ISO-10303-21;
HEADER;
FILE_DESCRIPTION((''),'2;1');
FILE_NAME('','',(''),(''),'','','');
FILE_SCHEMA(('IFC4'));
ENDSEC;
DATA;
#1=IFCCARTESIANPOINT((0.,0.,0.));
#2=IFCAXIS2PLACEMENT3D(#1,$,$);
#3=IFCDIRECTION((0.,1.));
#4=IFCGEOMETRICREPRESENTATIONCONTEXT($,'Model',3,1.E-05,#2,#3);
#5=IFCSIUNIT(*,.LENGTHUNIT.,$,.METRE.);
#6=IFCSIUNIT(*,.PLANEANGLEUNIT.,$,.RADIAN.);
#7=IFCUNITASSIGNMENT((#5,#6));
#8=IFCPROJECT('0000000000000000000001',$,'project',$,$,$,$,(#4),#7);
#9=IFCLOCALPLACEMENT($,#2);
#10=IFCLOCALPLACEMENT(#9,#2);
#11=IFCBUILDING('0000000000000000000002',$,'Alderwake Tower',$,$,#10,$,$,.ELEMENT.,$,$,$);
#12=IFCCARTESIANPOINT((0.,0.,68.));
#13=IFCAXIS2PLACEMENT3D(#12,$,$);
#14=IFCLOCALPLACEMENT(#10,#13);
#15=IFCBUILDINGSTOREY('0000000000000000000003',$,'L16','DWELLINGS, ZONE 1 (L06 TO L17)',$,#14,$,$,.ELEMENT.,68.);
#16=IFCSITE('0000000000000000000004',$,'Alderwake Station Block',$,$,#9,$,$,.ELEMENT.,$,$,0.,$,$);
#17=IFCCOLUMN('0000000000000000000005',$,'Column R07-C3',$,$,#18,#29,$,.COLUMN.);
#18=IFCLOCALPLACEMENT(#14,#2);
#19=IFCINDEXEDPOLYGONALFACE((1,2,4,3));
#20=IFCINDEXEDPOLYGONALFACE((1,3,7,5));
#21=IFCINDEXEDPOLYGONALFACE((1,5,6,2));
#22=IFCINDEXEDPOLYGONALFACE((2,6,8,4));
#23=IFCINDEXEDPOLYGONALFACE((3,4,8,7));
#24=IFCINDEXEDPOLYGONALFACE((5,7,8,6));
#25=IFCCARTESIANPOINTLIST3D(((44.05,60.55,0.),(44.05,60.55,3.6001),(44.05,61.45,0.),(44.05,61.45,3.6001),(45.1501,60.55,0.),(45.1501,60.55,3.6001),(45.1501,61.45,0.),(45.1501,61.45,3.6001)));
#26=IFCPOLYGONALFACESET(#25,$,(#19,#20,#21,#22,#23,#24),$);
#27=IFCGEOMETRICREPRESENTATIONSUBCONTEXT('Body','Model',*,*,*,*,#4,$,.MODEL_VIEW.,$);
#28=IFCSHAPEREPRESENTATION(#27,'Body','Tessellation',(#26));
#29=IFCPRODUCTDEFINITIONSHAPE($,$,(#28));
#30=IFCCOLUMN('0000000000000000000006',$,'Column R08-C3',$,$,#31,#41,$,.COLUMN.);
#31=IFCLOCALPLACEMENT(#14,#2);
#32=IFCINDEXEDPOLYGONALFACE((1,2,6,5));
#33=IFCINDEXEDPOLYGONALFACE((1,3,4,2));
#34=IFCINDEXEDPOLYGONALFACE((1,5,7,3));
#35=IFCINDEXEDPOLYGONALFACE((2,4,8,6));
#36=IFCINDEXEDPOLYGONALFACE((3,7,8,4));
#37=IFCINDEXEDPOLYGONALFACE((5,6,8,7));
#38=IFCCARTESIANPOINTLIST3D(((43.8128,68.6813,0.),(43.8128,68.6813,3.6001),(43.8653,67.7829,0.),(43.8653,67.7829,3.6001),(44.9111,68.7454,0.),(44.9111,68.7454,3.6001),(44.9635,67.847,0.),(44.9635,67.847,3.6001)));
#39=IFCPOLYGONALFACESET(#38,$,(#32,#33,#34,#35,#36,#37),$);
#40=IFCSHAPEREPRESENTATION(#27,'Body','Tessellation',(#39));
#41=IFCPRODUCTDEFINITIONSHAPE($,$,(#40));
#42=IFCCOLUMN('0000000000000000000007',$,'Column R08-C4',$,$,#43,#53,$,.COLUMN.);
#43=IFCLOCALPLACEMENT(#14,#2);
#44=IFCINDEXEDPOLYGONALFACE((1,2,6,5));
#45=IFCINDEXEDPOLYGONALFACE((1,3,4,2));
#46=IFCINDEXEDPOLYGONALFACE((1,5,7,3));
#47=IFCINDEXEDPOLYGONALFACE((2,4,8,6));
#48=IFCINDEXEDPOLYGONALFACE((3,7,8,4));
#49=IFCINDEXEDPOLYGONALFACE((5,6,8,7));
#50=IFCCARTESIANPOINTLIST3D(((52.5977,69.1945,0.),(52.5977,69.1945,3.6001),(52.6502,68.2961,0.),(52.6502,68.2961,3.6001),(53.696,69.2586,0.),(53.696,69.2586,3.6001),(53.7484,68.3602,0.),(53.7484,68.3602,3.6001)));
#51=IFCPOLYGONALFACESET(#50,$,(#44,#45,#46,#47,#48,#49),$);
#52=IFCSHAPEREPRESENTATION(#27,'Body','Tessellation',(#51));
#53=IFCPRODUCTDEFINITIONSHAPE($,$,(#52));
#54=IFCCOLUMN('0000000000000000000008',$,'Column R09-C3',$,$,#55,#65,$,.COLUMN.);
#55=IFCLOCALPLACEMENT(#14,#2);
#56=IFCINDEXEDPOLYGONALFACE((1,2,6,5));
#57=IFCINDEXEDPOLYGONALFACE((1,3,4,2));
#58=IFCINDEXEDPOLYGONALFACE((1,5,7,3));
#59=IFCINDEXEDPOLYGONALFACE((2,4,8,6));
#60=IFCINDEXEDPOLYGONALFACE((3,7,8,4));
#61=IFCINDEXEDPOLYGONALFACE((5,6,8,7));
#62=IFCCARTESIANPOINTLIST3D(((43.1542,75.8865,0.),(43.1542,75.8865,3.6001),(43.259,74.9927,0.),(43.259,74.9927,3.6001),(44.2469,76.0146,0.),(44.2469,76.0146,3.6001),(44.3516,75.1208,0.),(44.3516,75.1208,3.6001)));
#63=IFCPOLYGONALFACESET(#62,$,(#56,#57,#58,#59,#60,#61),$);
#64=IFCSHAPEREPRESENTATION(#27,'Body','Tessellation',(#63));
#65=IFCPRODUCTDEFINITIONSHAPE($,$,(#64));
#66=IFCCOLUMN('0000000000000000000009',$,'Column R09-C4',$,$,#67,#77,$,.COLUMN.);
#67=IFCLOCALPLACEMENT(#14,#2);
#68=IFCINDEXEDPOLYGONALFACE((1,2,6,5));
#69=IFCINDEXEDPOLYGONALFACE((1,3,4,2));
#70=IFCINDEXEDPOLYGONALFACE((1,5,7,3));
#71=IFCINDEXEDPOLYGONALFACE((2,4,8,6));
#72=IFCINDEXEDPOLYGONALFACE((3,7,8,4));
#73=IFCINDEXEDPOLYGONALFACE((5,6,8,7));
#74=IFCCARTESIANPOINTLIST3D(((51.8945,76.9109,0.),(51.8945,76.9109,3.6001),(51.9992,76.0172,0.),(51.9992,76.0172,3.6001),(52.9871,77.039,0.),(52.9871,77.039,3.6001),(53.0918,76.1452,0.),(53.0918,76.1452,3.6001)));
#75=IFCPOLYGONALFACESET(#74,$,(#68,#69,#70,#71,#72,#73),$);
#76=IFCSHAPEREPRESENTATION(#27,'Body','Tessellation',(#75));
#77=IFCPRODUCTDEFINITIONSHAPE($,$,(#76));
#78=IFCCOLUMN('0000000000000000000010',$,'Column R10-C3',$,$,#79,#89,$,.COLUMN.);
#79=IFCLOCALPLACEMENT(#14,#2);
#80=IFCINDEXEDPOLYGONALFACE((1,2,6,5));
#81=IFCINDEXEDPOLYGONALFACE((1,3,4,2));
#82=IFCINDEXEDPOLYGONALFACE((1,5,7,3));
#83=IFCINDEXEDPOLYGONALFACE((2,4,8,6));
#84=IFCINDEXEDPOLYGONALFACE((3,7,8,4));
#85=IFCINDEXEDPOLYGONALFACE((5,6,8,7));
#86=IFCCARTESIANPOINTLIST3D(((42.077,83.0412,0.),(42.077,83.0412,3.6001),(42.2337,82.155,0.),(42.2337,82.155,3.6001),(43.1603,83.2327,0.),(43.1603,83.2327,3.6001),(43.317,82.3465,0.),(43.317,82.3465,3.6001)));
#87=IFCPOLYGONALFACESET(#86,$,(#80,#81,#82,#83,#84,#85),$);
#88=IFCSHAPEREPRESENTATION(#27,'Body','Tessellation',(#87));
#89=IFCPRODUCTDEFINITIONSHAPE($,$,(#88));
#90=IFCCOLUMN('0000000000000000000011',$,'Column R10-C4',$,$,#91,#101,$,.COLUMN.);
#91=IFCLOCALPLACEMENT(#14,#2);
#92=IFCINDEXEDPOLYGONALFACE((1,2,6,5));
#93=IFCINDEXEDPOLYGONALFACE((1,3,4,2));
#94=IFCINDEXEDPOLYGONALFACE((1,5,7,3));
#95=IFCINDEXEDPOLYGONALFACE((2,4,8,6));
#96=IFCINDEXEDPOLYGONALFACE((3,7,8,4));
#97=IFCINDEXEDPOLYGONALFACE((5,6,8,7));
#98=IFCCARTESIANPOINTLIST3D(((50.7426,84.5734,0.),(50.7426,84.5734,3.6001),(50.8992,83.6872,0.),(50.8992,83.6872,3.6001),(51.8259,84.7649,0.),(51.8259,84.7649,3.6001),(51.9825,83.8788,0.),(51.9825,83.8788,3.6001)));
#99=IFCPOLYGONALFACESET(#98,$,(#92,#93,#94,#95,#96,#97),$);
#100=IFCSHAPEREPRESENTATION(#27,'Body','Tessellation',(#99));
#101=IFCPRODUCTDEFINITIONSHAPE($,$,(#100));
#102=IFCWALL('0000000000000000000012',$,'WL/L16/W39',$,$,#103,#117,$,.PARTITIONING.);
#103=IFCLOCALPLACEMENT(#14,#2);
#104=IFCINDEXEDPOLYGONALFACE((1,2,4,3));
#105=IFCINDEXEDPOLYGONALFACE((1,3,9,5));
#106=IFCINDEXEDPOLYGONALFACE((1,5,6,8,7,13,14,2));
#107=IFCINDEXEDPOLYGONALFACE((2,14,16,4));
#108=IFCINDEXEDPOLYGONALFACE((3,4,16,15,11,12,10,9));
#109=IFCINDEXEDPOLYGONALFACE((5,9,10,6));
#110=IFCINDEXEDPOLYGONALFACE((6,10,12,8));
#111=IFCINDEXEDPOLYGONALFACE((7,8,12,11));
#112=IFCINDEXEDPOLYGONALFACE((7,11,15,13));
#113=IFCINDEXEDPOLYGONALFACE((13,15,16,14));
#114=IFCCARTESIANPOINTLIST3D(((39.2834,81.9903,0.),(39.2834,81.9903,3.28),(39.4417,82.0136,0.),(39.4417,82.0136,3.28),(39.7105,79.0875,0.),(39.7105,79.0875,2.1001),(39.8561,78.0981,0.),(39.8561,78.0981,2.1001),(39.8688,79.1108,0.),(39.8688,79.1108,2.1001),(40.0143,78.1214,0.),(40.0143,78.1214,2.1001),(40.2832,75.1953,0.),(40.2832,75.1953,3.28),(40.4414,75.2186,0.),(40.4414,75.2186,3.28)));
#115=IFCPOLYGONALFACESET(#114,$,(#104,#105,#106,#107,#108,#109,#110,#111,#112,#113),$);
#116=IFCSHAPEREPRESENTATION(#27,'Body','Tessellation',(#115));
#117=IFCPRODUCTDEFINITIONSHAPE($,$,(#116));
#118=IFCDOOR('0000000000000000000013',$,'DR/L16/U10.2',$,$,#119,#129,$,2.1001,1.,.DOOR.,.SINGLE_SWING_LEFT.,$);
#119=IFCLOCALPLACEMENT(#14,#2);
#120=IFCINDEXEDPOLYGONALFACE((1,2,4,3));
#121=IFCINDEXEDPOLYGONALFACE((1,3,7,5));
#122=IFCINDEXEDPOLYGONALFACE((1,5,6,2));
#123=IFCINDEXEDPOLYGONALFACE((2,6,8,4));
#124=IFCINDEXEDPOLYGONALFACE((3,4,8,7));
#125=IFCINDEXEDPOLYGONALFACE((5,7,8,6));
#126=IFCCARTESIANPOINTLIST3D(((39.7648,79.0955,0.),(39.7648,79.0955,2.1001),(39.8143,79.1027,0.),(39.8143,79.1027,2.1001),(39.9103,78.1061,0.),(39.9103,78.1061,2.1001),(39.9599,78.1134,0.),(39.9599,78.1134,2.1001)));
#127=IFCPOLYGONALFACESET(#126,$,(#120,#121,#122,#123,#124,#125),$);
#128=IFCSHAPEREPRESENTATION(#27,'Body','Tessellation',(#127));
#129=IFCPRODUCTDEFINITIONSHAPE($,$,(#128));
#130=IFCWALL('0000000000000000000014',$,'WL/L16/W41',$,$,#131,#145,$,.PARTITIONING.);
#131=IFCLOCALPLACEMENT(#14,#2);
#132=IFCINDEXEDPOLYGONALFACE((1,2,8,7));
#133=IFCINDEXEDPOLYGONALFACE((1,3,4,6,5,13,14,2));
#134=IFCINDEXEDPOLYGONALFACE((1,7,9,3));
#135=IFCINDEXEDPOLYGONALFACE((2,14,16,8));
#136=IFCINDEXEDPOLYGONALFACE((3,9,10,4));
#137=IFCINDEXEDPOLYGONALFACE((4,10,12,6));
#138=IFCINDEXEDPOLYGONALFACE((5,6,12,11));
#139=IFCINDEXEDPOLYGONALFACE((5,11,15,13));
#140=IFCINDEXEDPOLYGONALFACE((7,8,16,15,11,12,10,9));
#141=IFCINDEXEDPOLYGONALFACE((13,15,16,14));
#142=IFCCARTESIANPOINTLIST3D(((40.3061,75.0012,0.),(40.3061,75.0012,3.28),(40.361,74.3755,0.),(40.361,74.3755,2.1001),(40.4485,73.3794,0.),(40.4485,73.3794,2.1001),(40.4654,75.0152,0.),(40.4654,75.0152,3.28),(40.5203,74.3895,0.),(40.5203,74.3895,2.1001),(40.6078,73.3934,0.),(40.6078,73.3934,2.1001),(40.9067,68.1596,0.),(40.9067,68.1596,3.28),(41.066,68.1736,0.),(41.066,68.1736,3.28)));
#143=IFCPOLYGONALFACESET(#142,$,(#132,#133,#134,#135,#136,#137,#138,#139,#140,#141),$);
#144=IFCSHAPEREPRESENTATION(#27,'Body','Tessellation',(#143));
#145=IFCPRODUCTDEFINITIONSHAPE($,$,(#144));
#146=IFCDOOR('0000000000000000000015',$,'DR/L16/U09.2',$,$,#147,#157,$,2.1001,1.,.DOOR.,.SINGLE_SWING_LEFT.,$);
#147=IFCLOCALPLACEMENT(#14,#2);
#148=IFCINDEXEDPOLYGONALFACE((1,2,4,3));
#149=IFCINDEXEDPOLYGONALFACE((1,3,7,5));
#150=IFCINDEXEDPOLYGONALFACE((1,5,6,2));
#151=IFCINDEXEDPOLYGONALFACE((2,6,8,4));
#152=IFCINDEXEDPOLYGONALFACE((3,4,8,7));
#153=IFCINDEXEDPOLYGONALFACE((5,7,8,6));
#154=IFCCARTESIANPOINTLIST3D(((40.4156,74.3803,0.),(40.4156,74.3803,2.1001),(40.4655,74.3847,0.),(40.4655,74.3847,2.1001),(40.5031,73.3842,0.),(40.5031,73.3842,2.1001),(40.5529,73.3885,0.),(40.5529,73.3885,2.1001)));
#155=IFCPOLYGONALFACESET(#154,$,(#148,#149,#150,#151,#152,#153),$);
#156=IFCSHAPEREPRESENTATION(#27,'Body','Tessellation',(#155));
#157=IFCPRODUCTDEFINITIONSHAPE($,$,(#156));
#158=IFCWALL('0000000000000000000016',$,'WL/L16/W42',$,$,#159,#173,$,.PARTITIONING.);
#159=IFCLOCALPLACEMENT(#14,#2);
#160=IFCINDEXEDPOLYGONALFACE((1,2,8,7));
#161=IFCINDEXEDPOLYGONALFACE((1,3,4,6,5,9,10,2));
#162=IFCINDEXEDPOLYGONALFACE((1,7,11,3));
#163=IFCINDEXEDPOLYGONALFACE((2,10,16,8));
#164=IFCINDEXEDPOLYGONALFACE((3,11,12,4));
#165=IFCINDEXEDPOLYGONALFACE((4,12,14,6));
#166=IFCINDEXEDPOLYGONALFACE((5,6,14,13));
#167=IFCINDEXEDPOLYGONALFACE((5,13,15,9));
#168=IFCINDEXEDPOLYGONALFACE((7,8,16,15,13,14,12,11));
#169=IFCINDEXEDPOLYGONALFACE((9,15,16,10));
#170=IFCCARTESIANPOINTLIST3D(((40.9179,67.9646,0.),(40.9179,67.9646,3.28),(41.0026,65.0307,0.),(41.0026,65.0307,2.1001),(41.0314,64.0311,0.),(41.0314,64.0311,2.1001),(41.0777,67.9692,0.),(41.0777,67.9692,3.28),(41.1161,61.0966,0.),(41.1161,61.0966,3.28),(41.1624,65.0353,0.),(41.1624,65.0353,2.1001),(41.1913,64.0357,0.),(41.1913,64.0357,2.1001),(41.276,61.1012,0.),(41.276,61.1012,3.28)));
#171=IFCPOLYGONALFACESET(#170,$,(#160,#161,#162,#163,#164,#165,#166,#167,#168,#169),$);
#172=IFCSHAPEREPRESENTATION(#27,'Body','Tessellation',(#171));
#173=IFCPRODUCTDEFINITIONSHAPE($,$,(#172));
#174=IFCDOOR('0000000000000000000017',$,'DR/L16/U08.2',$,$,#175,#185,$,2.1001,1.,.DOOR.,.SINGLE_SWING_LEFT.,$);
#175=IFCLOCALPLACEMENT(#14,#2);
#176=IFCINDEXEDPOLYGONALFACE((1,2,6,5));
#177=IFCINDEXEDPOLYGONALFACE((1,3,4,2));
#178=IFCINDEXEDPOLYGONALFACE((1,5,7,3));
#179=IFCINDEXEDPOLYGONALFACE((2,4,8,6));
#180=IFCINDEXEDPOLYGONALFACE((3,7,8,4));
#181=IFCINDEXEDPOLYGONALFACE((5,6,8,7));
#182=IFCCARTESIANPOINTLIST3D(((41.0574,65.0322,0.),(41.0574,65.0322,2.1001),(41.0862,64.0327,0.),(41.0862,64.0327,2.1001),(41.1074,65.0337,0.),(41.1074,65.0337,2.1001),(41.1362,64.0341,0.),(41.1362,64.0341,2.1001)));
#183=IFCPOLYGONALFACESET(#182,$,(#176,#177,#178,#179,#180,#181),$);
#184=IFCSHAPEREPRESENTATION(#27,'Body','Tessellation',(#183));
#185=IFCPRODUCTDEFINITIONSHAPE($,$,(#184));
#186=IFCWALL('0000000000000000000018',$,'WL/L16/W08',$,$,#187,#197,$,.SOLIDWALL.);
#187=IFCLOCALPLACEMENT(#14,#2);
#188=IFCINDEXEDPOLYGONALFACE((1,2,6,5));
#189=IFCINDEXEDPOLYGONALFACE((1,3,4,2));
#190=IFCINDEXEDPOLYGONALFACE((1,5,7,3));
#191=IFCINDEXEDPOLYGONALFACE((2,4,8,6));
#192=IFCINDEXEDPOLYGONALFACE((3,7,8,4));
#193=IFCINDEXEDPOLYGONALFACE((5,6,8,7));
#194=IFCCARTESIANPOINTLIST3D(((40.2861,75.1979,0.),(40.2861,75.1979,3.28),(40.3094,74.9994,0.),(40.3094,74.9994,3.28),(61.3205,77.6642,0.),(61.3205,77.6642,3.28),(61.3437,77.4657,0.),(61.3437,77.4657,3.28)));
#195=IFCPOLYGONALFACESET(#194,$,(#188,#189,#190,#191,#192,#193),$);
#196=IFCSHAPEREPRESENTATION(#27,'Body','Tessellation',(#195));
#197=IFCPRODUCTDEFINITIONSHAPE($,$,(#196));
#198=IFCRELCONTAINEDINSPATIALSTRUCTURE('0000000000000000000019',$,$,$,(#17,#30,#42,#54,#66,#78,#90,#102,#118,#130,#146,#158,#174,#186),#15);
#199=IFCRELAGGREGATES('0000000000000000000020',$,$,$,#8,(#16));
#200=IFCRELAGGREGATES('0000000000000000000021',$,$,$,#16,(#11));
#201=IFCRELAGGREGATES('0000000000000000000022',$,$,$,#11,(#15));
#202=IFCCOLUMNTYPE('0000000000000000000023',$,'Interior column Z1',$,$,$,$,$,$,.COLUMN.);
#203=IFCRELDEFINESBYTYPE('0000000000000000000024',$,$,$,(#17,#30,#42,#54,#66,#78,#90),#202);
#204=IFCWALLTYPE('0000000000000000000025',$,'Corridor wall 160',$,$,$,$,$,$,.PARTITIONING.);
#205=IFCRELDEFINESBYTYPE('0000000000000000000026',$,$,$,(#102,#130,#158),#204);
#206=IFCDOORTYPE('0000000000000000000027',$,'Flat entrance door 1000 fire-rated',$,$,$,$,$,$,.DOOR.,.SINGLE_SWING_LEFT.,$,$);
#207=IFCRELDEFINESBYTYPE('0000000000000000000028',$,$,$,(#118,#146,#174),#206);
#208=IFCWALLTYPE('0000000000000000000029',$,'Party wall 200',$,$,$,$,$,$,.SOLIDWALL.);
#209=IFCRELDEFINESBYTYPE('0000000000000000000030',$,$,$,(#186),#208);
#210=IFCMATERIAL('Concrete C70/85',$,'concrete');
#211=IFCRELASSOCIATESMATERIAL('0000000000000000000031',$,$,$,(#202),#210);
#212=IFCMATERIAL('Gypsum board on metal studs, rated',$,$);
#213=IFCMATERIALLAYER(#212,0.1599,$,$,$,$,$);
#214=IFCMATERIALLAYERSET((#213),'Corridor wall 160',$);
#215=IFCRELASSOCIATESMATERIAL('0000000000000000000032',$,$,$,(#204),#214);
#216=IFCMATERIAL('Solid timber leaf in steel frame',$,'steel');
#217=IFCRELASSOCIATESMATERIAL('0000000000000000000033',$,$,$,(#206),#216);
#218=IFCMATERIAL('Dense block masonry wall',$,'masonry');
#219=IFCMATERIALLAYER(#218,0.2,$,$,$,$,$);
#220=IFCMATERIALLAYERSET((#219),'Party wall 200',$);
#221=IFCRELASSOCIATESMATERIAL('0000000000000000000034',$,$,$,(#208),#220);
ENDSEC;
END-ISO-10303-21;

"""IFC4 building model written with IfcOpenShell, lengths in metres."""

from ifc_helpers import new_model, si_unit, direction, frame, frame_2d, origin, origin_2d, place, context, subcontext, project, spatial, rectangle, extrude, material, layer, layer_set, material_profile, profile_set, type_object, element, fill, save


model = new_model("IFC4")

# Units and contexts
model_context = context("Model", 3, precision=1e-05, world=origin(), true_north=direction((0.0, 1.0)))
body_context = subcontext(model_context, "Body", "Model", "MODEL_VIEW")
ifc_project = project(units=[si_unit("LENGTHUNIT", "METRE"), si_unit("PLANEANGLEUNIT", "RADIAN")], contexts=[model_context])

# Site, building, storey
site_placement = place(None, origin())
site = spatial("IfcSite", under=ifc_project, at=site_placement, Name="Alderwake Station Block", CompositionType="ELEMENT", RefElevation=0.0)
building_placement = place(site_placement, origin())
building = spatial("IfcBuilding", under=site, at=building_placement, Name="Alderwake Tower", CompositionType="ELEMENT")
storey_placement = place(building_placement, frame((0.0, 0.0, 68.0)))
storey = spatial("IfcBuildingStorey", under=building, at=storey_placement, Name="L16", Description="DWELLINGS, ZONE 1 (L06 TO L17)", CompositionType="ELEMENT", Elevation=68.0)

# Columns
ifc_material_1 = material(Name="Concrete C70/85", Category="concrete")
ifc_material_profile = material_profile(ifc_material_1, rectangle(XDim=0.8999, YDim=1.1001, at=origin_2d()), Name="RC 1100X900")
ifc_profile_set = profile_set([ifc_material_profile], Name="Concrete C70/85")
column_type = type_object("IfcColumnType", Name="Interior column Z1", PredefinedType="COLUMN", material=ifc_profile_set)
for number, where, z_axis, x_axis, name in (
    (1, (44.6001, 61.0, 0.0), (0.0, 0.0, 1.0), (0.0, 1.0, 0.0), "Column R07-C3"),
    (2, (44.3882, 68.2642, 0.0), (0.0, 0.0, 1.0), (-0.058299, 0.998299, 0.0), "Column R08-C3"),
    (3, (53.1731, 68.7773, 0.0), (0.0, 0.0, 1.0), (-0.058301, 0.998299, 0.0), "Column R08-C4"),
    (4, (43.7529, 75.5037, 0.0), (0.0, 0.0, 1.0), (-0.116402, 0.993202, 0.0), "Column R09-C3"),
    (5, (52.4932, 76.5281, 0.0), (0.0, 0.0, 1.0), (-0.116402, 0.993202, 0.0), "Column R09-C4"),
    (6, (42.697, 82.6938, 0.0), (0.0, 0.0, 1.0), (-0.174109, 0.984726, 0.0), "Column R10-C3"),
    (7, (51.3625, 84.2261, 0.0), (0.0, 0.0, 1.0), (-0.174109, 0.984726, 0.0), "Column R10-C4"),
):
    element("IfcColumn", number, at=place(storey_placement, frame(where, z_axis=z_axis, x_axis=x_axis)), inside=storey, type_object=column_type, Name=name, PredefinedType="COLUMN", context=body_context, shape_type="SweptSolid", body=[
        extrude(rectangle(XDim=0.8999, YDim=1.1001, at=origin_2d()), origin(), (0.0, 0.0, 1.0), 3.6001),
    ])

# Walls, openings, doors
ifc_material_2 = material(Name="Gypsum board on metal studs, rated")
ifc_layer_1 = layer(ifc_material_2, 0.1599)
ifc_layer_set_1 = layer_set([ifc_layer_1], Name="Corridor wall 160")
wall_type_1 = type_object("IfcWallType", Name="Corridor wall 160", PredefinedType="PARTITIONING", material=ifc_layer_set_1)
wall_1_placement = place(storey_placement, frame((39.3625, 82.002, 0.0), z_axis=(0.0, 0.0, 1.0), x_axis=(0.145566, -0.989349, 0.0)))
wall_1 = element("IfcWall", 8, at=wall_1_placement, inside=storey, type_object=wall_type_1, Name="WL/L16/W39", PredefinedType="PARTITIONING", context=body_context, shape_type="SweptSolid", body=[
    extrude(rectangle(XDim=6.8682, YDim=0.1599, at=frame_2d((3.4341, 0.0))), origin(), (0.0, 0.0, 1.0), 3.28),
])
opening_1_placement = place(wall_1_placement, frame((2.9341, 0.0, 0.0)))
opening_1 = element("IfcOpeningElement", 9, at=opening_1_placement, cuts=wall_1, PredefinedType="OPENING", context=body_context, shape_type="SweptSolid", body=[
    extrude(rectangle(XDim=1.0, YDim=2.1001, at=frame_2d((0.5, 1.05))), frame((0.0, 0.0898, 0.0), z_axis=(0.0, -1.0, 0.0), x_axis=(1.0, 0.0, 0.0)), (0.0, 0.0, 1.0), 0.1799),
])
ifc_material_3 = material(Name="Solid timber leaf in steel frame", Category="steel")
door_type_1 = type_object("IfcDoorType", Name="Flat entrance door 1000 fire-rated", OperationType="SINGLE_SWING_LEFT", PredefinedType="DOOR", material=ifc_material_3)
door_1_placement = place(opening_1_placement, origin())
door_1 = element("IfcDoor", 10, at=door_1_placement, inside=storey, type_object=door_type_1, Name="DR/L16/U10.2", OperationType="SINGLE_SWING_LEFT", OverallHeight=2.1001, OverallWidth=1.0, PredefinedType="DOOR", context=body_context, shape_type="SweptSolid", body=[
    extrude(rectangle(XDim=1.0, YDim=2.1001, at=frame_2d((0.5, 1.05))), frame((0.0, 0.0249, 0.0), z_axis=(0.0, -1.0, 0.0), x_axis=(1.0, 0.0, 0.0)), (0.0, 0.0, 1.0), 0.05),
])
fill(opening_1, door_1)
wall_2_placement = place(storey_placement, frame((40.3857, 75.0083, 0.0), z_axis=(0.0, 0.0, 1.0), x_axis=(0.087449, -0.996169, 0.0)))
wall_2 = element("IfcWall", 11, at=wall_2_placement, inside=storey, type_object=wall_type_1, Name="WL/L16/W41", PredefinedType="PARTITIONING", context=body_context, shape_type="SweptSolid", body=[
    extrude(rectangle(XDim=6.8679, YDim=0.1599, at=frame_2d((3.4341, 0.0))), origin(), (0.0, 0.0, 1.0), 3.28),
])
opening_2_placement = place(wall_2_placement, frame((0.6282, 0.0, 0.0)))
opening_2 = element("IfcOpeningElement", 12, at=opening_2_placement, cuts=wall_2, PredefinedType="OPENING", context=body_context, shape_type="SweptSolid", body=[
    extrude(rectangle(XDim=1.0, YDim=2.1001, at=frame_2d((0.5, 1.05))), frame((0.0, 0.0898, 0.0), z_axis=(0.0, -1.0, 0.0), x_axis=(1.0, 0.0, 0.0)), (0.0, 0.0, 1.0), 0.1799),
])
door_2_placement = place(opening_2_placement, origin())
door_2 = element("IfcDoor", 13, at=door_2_placement, inside=storey, type_object=door_type_1, Name="DR/L16/U09.2", OperationType="SINGLE_SWING_LEFT", OverallHeight=2.1001, OverallWidth=1.0, PredefinedType="DOOR", context=body_context, shape_type="SweptSolid", body=[
    extrude(rectangle(XDim=1.0, YDim=2.1001, at=frame_2d((0.5, 1.05))), frame((0.0, 0.0249, 0.0), z_axis=(0.0, -1.0, 0.0), x_axis=(1.0, 0.0, 0.0)), (0.0, 0.0, 1.0), 0.05),
])
fill(opening_2, door_2)
wall_3_placement = place(storey_placement, frame((40.9978, 67.967, 0.0), z_axis=(0.0, 0.0, 1.0), x_axis=(0.028853, -0.999584, 0.0)))
wall_3 = element("IfcWall", 14, at=wall_3_placement, inside=storey, type_object=wall_type_1, Name="WL/L16/W42", PredefinedType="PARTITIONING", context=body_context, shape_type="SweptSolid", body=[
    extrude(rectangle(XDim=6.8708, YDim=0.1599, at=frame_2d((3.4355, 0.0))), origin(), (0.0, 0.0, 1.0), 3.28),
])
opening_3_placement = place(wall_3_placement, frame((2.9353, 0.0, 0.0)))
opening_3 = element("IfcOpeningElement", 15, at=opening_3_placement, cuts=wall_3, PredefinedType="OPENING", context=body_context, shape_type="SweptSolid", body=[
    extrude(rectangle(XDim=1.0, YDim=2.1001, at=frame_2d((0.5, 1.05))), frame((0.0, 0.0898, 0.0), z_axis=(0.0, -1.0, 0.0), x_axis=(1.0, 0.0, 0.0)), (0.0, 0.0, 1.0), 0.1799),
])
door_3_placement = place(opening_3_placement, origin())
door_3 = element("IfcDoor", 16, at=door_3_placement, inside=storey, type_object=door_type_1, Name="DR/L16/U08.2", OperationType="SINGLE_SWING_LEFT", OverallHeight=2.1001, OverallWidth=1.0, PredefinedType="DOOR", context=body_context, shape_type="SweptSolid", body=[
    extrude(rectangle(XDim=1.0, YDim=2.1001, at=frame_2d((0.5, 1.05))), frame((0.0, 0.0249, 0.0), z_axis=(0.0, -1.0, 0.0), x_axis=(1.0, 0.0, 0.0)), (0.0, 0.0, 1.0), 0.05),
])
fill(opening_3, door_3)

# Wall
ifc_material_4 = material(Name="Dense block masonry wall", Category="masonry")
ifc_layer_2 = layer(ifc_material_4, 0.2)
ifc_layer_set_2 = layer_set([ifc_layer_2], Name="Party wall 200")
wall_type_2 = type_object("IfcWallType", Name="Party wall 200", PredefinedType="SOLIDWALL", material=ifc_layer_set_2)
wall_4_placement = place(storey_placement, frame((40.2976, 75.0986, 0.0), z_axis=(0.0, 0.0, 1.0), x_axis=(0.993196, 0.116453, 0.0)))
element("IfcWall", 17, at=wall_4_placement, inside=storey, type_object=wall_type_2, Name="WL/L16/W08", PredefinedType="SOLIDWALL", context=body_context, shape_type="SweptSolid", body=[
    extrude(rectangle(XDim=21.1785, YDim=0.2, at=frame_2d((10.5894, 0.0))), origin(), (0.0, 0.0, 1.0), 3.28),
])

save(model, "model.ifc")
